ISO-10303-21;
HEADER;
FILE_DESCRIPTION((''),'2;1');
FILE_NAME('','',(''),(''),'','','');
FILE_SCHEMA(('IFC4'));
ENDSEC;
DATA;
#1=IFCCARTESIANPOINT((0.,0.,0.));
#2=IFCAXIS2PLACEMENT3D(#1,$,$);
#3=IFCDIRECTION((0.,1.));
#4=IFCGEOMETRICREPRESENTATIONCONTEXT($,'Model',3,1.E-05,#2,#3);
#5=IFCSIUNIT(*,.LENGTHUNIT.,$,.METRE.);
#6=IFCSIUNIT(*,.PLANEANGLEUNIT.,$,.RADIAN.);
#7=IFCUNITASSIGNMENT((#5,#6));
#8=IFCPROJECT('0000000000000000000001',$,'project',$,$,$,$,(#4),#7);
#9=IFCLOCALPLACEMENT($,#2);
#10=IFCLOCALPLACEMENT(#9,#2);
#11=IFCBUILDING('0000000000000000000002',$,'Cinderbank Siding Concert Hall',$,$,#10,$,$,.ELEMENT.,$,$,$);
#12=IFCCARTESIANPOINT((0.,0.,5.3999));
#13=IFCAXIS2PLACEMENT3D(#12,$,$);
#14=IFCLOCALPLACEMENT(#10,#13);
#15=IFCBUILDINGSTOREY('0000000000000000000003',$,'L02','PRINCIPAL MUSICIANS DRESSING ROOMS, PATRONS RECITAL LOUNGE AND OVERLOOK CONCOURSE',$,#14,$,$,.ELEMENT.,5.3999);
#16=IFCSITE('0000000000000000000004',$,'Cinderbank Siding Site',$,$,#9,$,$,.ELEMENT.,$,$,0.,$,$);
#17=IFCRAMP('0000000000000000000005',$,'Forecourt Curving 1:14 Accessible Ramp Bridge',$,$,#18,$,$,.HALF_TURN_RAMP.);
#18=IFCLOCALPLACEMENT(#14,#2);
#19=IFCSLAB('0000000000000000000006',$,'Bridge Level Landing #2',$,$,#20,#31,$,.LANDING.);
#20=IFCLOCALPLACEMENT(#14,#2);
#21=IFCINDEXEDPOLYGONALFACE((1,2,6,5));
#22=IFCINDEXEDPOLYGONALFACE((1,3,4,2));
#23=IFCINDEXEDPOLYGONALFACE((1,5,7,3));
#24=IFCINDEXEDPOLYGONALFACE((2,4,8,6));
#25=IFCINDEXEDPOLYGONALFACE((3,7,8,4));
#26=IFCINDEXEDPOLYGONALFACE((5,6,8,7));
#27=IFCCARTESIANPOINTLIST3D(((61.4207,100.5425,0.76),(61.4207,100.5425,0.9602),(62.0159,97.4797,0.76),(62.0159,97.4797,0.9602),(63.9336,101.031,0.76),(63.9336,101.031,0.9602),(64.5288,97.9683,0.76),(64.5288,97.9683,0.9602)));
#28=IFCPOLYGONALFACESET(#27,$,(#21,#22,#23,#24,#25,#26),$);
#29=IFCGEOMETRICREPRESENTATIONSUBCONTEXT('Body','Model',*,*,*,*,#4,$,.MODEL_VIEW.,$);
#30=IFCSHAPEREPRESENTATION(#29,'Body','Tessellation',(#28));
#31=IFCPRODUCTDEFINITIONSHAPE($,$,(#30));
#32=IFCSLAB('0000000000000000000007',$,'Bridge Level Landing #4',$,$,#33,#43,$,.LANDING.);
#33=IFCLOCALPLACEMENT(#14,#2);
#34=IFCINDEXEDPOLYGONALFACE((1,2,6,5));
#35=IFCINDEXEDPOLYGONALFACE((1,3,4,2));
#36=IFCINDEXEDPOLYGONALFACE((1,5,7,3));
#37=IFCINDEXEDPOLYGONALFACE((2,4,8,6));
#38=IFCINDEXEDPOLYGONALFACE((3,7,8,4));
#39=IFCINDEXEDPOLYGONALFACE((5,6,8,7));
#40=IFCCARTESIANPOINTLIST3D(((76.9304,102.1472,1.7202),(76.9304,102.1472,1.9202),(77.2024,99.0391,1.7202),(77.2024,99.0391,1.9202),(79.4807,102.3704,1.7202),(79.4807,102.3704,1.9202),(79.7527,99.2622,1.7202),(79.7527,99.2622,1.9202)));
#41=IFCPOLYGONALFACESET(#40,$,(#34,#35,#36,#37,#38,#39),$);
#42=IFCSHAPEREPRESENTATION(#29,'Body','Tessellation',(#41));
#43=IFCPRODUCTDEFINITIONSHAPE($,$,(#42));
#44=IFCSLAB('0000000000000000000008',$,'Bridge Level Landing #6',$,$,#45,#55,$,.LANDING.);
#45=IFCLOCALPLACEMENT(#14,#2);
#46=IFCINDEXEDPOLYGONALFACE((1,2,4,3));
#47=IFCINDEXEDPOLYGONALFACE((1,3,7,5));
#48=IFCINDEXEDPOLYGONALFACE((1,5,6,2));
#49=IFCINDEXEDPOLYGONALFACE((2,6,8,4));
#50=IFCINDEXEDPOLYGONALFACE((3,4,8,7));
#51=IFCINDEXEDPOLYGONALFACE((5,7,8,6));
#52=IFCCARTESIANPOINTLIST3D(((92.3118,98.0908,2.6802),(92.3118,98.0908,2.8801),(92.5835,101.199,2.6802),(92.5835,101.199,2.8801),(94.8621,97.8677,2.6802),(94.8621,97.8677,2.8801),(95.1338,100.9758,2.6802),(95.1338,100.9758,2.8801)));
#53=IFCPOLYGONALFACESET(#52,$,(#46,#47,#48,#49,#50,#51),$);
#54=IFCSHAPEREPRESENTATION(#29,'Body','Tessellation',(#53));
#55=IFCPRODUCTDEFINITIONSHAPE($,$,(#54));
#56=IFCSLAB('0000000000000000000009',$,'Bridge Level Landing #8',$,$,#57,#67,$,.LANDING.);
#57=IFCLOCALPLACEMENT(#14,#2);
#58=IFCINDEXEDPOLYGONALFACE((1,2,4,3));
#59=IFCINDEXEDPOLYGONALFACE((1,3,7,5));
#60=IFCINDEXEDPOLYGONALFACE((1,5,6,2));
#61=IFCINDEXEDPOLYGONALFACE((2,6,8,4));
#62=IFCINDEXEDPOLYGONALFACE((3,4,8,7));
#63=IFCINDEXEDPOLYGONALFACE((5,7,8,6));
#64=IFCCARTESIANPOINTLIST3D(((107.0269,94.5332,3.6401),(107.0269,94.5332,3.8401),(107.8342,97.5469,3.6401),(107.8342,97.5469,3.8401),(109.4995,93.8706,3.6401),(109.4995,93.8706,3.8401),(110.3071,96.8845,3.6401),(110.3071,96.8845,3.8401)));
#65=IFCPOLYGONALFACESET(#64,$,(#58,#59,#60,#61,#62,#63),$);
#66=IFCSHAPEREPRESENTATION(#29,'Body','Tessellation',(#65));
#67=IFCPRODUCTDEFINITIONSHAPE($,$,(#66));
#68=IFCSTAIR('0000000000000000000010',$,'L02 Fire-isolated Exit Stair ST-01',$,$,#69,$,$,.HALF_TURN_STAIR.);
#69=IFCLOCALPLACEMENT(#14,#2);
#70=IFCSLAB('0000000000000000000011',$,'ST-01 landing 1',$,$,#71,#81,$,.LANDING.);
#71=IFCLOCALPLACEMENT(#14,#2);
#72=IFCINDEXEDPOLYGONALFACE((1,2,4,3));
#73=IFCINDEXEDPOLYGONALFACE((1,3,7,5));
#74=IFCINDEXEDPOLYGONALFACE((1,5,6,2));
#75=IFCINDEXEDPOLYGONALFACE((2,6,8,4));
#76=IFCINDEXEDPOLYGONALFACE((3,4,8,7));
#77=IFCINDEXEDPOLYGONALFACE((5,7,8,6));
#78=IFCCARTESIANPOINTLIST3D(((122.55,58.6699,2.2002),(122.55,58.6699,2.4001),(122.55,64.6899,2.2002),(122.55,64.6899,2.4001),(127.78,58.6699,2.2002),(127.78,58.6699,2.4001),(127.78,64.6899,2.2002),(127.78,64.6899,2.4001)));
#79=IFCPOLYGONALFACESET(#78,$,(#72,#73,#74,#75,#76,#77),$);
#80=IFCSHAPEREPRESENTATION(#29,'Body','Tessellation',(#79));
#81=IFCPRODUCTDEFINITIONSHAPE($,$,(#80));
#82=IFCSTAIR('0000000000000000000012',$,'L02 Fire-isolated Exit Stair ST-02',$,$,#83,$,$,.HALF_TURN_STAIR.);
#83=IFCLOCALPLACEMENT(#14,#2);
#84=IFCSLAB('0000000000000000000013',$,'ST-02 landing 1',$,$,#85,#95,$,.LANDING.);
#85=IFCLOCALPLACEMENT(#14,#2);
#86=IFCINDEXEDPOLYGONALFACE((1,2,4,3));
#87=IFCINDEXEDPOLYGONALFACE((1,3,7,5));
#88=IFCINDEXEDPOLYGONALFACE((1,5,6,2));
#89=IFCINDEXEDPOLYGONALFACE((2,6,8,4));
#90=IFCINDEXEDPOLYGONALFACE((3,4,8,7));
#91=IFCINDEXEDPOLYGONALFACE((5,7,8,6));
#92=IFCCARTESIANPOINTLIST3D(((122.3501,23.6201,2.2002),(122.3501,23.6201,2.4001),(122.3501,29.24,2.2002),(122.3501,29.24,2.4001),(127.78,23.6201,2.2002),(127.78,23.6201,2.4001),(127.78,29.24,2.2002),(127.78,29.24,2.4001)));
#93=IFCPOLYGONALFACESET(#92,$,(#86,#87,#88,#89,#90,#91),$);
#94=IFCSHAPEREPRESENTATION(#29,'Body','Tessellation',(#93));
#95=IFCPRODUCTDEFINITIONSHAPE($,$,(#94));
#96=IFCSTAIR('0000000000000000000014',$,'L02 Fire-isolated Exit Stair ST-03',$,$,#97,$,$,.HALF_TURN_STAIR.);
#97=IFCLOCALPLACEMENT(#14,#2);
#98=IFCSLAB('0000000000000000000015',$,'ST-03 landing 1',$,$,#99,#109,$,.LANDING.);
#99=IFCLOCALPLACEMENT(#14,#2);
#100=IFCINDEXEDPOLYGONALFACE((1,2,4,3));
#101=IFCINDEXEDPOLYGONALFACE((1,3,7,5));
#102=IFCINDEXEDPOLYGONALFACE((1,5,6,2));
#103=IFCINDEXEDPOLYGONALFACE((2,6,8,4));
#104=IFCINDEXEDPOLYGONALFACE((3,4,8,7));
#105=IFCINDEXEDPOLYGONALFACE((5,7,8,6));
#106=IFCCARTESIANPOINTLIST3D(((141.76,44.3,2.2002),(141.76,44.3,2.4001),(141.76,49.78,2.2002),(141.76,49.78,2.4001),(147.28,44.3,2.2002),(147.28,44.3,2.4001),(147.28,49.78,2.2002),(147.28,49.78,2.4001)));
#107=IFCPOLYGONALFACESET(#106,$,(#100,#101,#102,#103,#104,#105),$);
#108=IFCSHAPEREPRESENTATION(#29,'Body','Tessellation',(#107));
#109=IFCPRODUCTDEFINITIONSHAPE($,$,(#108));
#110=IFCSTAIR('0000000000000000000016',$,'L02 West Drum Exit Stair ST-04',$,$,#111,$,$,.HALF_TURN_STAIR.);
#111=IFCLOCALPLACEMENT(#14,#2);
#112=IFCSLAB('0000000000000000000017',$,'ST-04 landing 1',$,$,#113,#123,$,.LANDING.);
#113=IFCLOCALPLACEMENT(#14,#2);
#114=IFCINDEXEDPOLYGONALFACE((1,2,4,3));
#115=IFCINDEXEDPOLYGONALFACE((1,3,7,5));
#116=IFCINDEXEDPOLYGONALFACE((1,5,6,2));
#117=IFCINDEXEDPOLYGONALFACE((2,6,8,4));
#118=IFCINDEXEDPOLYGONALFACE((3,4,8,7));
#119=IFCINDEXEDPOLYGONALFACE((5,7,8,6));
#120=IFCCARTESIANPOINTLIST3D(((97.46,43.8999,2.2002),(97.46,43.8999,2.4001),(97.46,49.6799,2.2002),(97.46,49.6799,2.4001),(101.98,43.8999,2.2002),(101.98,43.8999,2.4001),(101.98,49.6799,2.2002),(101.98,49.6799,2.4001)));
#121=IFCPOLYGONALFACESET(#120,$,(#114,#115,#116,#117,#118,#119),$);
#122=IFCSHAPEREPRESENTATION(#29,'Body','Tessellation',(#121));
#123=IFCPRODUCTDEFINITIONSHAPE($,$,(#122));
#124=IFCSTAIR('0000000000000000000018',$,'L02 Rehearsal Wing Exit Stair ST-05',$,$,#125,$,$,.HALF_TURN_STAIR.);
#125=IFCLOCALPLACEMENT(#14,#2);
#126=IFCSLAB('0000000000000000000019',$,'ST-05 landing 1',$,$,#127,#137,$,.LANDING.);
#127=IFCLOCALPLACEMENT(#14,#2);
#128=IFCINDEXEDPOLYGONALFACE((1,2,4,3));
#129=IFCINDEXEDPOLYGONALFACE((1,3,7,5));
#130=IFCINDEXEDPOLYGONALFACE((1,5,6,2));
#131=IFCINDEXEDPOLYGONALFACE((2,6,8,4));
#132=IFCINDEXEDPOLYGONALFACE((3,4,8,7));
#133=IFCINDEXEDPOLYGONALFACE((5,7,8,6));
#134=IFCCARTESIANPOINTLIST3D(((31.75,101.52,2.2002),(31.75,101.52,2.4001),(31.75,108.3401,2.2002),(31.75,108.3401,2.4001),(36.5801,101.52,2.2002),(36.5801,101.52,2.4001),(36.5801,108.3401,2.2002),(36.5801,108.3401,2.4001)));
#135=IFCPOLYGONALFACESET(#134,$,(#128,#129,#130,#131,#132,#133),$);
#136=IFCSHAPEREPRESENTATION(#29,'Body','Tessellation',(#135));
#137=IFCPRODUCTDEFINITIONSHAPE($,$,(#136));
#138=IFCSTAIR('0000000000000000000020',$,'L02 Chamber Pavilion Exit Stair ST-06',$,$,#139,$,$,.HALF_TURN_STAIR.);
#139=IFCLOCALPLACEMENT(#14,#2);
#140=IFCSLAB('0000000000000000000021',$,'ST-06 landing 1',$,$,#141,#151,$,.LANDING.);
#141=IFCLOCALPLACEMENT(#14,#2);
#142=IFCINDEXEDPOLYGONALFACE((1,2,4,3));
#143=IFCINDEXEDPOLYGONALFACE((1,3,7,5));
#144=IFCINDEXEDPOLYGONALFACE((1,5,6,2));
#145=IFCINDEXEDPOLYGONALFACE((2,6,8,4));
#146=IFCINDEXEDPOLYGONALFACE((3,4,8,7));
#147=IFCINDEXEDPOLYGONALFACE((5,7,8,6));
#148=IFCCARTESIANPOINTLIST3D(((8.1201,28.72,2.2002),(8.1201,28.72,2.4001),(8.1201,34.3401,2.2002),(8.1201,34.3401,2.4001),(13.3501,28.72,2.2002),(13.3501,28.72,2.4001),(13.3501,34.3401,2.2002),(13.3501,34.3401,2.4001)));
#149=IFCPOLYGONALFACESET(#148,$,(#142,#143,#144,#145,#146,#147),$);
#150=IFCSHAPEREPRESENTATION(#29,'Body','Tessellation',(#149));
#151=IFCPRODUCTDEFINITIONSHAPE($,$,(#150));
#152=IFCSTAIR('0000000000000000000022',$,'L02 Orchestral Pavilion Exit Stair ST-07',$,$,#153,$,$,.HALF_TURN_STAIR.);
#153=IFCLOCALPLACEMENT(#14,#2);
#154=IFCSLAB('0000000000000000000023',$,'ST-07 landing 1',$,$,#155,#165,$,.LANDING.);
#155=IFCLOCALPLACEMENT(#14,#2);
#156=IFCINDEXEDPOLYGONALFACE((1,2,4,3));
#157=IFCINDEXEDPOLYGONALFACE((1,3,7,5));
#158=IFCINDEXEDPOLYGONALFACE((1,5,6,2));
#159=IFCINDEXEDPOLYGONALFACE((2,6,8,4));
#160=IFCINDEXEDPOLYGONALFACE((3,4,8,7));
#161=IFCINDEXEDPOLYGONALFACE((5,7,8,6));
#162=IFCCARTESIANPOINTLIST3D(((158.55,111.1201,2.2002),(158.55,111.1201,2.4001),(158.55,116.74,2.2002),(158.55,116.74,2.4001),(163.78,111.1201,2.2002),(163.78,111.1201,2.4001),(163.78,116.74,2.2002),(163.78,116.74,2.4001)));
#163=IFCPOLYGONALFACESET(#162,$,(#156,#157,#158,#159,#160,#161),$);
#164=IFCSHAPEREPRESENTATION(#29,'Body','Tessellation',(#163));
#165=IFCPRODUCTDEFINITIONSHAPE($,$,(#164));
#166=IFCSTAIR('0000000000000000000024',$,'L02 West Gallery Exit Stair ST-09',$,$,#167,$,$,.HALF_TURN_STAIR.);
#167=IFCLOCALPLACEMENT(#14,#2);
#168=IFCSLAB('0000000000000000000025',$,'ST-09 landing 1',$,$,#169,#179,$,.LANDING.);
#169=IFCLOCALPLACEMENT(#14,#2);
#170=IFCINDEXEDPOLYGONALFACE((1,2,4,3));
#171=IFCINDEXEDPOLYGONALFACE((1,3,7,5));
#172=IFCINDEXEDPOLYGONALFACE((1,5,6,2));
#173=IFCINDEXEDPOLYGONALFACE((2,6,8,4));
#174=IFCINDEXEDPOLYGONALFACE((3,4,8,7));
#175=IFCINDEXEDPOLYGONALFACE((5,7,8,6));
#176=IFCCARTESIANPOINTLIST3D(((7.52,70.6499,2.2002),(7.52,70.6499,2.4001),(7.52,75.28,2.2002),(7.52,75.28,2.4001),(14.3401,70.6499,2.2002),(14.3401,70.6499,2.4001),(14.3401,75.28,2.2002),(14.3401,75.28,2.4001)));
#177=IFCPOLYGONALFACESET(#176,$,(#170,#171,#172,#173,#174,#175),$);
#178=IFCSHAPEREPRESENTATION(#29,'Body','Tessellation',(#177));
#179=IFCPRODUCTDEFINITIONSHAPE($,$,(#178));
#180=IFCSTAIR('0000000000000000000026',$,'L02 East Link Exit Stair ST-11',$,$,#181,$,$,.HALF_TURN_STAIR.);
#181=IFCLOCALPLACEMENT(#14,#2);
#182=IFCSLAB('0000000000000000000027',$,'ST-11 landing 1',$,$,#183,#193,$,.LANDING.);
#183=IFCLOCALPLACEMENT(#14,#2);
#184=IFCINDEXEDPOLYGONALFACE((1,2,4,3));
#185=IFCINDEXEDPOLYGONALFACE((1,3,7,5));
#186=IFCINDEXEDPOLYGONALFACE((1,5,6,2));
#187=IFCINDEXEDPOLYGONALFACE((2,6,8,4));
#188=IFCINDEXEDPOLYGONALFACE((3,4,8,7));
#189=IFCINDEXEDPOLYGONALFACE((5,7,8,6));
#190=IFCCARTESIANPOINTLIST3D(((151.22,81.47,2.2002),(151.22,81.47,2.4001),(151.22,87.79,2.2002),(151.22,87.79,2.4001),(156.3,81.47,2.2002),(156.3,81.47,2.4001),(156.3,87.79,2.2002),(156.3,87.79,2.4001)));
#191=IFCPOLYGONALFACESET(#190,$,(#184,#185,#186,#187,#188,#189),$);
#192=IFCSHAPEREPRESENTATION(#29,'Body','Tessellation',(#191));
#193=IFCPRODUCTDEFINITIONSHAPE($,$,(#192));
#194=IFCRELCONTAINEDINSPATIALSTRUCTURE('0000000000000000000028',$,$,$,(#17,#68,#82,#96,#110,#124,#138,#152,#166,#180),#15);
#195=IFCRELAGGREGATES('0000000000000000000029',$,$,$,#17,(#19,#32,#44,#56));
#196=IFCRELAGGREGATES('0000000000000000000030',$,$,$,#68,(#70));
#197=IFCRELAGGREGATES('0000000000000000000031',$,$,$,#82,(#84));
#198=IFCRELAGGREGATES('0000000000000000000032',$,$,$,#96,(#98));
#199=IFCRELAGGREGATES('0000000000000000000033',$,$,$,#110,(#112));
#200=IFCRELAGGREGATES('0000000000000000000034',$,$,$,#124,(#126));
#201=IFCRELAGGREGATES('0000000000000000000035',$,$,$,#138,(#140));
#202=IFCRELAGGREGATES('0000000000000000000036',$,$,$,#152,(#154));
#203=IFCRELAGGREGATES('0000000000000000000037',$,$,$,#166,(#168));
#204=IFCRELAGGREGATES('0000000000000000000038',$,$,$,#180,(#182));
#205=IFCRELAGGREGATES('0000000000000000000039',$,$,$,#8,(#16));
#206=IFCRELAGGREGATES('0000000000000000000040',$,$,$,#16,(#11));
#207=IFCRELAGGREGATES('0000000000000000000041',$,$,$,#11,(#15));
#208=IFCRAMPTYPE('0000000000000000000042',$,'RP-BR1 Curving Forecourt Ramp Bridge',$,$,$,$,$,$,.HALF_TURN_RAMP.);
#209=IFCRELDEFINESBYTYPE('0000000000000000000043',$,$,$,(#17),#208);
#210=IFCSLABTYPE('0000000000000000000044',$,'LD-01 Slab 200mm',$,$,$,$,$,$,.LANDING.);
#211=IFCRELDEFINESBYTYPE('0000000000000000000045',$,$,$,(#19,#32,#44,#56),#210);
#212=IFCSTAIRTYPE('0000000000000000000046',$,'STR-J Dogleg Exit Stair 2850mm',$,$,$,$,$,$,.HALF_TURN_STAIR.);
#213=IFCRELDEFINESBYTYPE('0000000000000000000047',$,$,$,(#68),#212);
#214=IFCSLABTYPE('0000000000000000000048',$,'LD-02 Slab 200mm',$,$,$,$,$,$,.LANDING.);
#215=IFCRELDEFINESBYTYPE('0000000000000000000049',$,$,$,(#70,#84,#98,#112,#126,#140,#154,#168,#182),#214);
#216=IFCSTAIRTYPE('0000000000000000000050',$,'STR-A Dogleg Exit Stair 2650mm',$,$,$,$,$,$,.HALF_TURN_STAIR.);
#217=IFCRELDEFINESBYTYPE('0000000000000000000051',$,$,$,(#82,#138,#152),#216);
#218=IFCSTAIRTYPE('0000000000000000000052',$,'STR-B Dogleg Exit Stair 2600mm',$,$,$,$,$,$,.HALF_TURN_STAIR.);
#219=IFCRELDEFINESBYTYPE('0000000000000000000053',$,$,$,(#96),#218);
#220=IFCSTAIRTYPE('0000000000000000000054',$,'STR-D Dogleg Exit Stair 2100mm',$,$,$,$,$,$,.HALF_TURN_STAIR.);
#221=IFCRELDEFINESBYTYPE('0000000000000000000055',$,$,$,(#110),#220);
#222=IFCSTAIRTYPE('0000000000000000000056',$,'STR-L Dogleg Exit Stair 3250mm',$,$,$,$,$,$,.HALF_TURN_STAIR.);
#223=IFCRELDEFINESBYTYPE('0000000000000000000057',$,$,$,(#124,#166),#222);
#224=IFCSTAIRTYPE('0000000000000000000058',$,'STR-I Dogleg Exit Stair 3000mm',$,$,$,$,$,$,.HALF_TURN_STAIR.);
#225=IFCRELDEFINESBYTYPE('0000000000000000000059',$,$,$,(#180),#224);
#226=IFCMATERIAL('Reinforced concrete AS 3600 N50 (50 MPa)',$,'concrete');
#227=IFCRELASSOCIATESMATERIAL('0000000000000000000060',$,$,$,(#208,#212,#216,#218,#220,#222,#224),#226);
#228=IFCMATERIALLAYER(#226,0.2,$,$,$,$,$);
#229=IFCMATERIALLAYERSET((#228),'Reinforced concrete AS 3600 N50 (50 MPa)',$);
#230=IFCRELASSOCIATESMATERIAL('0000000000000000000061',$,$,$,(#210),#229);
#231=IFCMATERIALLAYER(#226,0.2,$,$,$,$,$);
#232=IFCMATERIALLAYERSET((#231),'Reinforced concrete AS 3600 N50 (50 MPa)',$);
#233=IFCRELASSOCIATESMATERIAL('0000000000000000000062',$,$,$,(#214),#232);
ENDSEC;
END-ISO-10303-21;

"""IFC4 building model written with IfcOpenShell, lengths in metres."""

from ifc_helpers import new_model, si_unit, direction, frame, origin, place, context, subcontext, project, spatial, polyline, outline, extrude, material, layer, layer_set, type_object, element, aggregate, save


model = new_model("IFC4")

# Units and contexts
model_context = context("Model", 3, precision=1e-05, world=origin(), true_north=direction((0.0, 1.0)))
body_context = subcontext(model_context, "Body", "Model", "MODEL_VIEW")
ifc_project = project(units=[si_unit("LENGTHUNIT", "METRE"), si_unit("PLANEANGLEUNIT", "RADIAN")], contexts=[model_context])

# Site, building, storey
site_placement = place(None, origin())
site = spatial("IfcSite", under=ifc_project, at=site_placement, Name="Cinderbank Siding Site", CompositionType="ELEMENT", RefElevation=0.0)
building_placement = place(site_placement, origin())
building = spatial("IfcBuilding", under=site, at=building_placement, Name="Cinderbank Siding Concert Hall", CompositionType="ELEMENT")
storey_placement = place(building_placement, frame((0.0, 0.0, 5.3999)))
storey = spatial("IfcBuildingStorey", under=building, at=storey_placement, Name="L02", Description="PRINCIPAL MUSICIANS DRESSING ROOMS, PATRONS RECITAL LOUNGE AND OVERLOOK CONCOURSE", CompositionType="ELEMENT", Elevation=5.3999)

# Ramp, slabs
ifc_material = material(Name="Reinforced concrete AS 3600 N50 (50 MPa)", Category="concrete")
ramp_type = type_object("IfcRampType", Name="RP-BR1 Curving Forecourt Ramp Bridge", PredefinedType="HALF_TURN_RAMP", material=ifc_material)
ramp_placement = place(storey_placement, origin())
ramp = element("IfcRamp", 1, at=ramp_placement, inside=storey, type_object=ramp_type, Name="Forecourt Curving 1:14 Accessible Ramp Bridge", PredefinedType="HALF_TURN_RAMP")
ifc_layer_1 = layer(ifc_material, 0.2)
ifc_layer_set_1 = layer_set([ifc_layer_1], Name="Reinforced concrete AS 3600 N50 (50 MPa)")
slab_type_1 = type_object("IfcSlabType", Name="LD-01 Slab 200mm", PredefinedType="LANDING", material=ifc_layer_set_1)
slab_1_placement = place(storey_placement, frame((0.0, 0.0, 0.76)))
slab_1 = element("IfcSlab", 2, at=slab_1_placement, type_object=slab_type_1, Name="Bridge Level Landing #2", PredefinedType="LANDING", context=body_context, shape_type="SweptSolid", body=[
    extrude(outline(polyline([(62.0159, 97.4797), (64.5288, 97.9683), (63.9336, 101.031), (61.4207, 100.5425), (62.0159, 97.4797)])), origin(), (0.0, 0.0, 1.0), 0.2002),
])
slab_2_placement = place(storey_placement, frame((0.0, 0.0, 1.7202)))
slab_2 = element("IfcSlab", 3, at=slab_2_placement, type_object=slab_type_1, Name="Bridge Level Landing #4", PredefinedType="LANDING", context=body_context, shape_type="SweptSolid", body=[
    extrude(outline(polyline([(77.2024, 99.0391), (79.7527, 99.2622), (79.4807, 102.3704), (76.9304, 102.1472), (77.2024, 99.0391)])), origin(), (0.0, 0.0, 1.0), 0.2),
])
slab_3_placement = place(storey_placement, frame((0.0, 0.0, 2.6802)))
slab_3 = element("IfcSlab", 4, at=slab_3_placement, type_object=slab_type_1, Name="Bridge Level Landing #6", PredefinedType="LANDING", context=body_context, shape_type="SweptSolid", body=[
    extrude(outline(polyline([(92.3118, 98.0908), (94.8621, 97.8677), (95.1338, 100.9758), (92.5835, 101.199), (92.3118, 98.0908)])), origin(), (0.0, 0.0, 1.0), 0.2),
])
slab_4_placement = place(storey_placement, frame((0.0, 0.0, 3.6401)))
slab_4 = element("IfcSlab", 5, at=slab_4_placement, type_object=slab_type_1, Name="Bridge Level Landing #8", PredefinedType="LANDING", context=body_context, shape_type="SweptSolid", body=[
    extrude(outline(polyline([(107.0269, 94.5332), (109.4995, 93.8706), (110.3071, 96.8845), (107.8342, 97.5469), (107.0269, 94.5332)])), origin(), (0.0, 0.0, 1.0), 0.2),
])
aggregate(ramp, [slab_1, slab_2, slab_3, slab_4])

# Stairs, slabs
stair_type_1 = type_object("IfcStairType", Name="STR-J Dogleg Exit Stair 2850mm", PredefinedType="HALF_TURN_STAIR", material=ifc_material)
stair_1_placement = place(storey_placement, origin())
stair_1 = element("IfcStair", 6, at=stair_1_placement, inside=storey, type_object=stair_type_1, Name="L02 Fire-isolated Exit Stair ST-01", PredefinedType="HALF_TURN_STAIR")
ifc_layer_2 = layer(ifc_material, 0.2)
ifc_layer_set_2 = layer_set([ifc_layer_2], Name="Reinforced concrete AS 3600 N50 (50 MPa)")
slab_type_2 = type_object("IfcSlabType", Name="LD-02 Slab 200mm", PredefinedType="LANDING", material=ifc_layer_set_2)
slab_5_placement = place(storey_placement, frame((0.0, 0.0, 2.2002)))
slab_5 = element("IfcSlab", 7, at=slab_5_placement, type_object=slab_type_2, Name="ST-01 landing 1", PredefinedType="LANDING", context=body_context, shape_type="SweptSolid", body=[
    extrude(outline(polyline([(122.55, 58.6699), (122.55, 64.6899), (127.78, 64.6899), (127.78, 58.6699), (122.55, 58.6699)])), origin(), (0.0, 0.0, 1.0), 0.2),
])
aggregate(stair_1, [slab_5])
stair_type_2 = type_object("IfcStairType", Name="STR-A Dogleg Exit Stair 2650mm", PredefinedType="HALF_TURN_STAIR", material=ifc_material)
stair_2_placement = place(storey_placement, origin())
stair_2 = element("IfcStair", 8, at=stair_2_placement, inside=storey, type_object=stair_type_2, Name="L02 Fire-isolated Exit Stair ST-02", PredefinedType="HALF_TURN_STAIR")
slab_6_placement = place(storey_placement, frame((0.0, 0.0, 2.2002)))
slab_6 = element("IfcSlab", 9, at=slab_6_placement, type_object=slab_type_2, Name="ST-02 landing 1", PredefinedType="LANDING", context=body_context, shape_type="SweptSolid", body=[
    extrude(outline(polyline([(122.3501, 23.6201), (122.3501, 29.24), (127.78, 29.24), (127.78, 23.6201), (122.3501, 23.6201)])), origin(), (0.0, 0.0, 1.0), 0.2),
])
aggregate(stair_2, [slab_6])
stair_type_3 = type_object("IfcStairType", Name="STR-B Dogleg Exit Stair 2600mm", PredefinedType="HALF_TURN_STAIR", material=ifc_material)
stair_3_placement = place(storey_placement, origin())
stair_3 = element("IfcStair", 10, at=stair_3_placement, inside=storey, type_object=stair_type_3, Name="L02 Fire-isolated Exit Stair ST-03", PredefinedType="HALF_TURN_STAIR")
slab_7_placement = place(storey_placement, frame((0.0, 0.0, 2.2002)))
slab_7 = element("IfcSlab", 11, at=slab_7_placement, type_object=slab_type_2, Name="ST-03 landing 1", PredefinedType="LANDING", context=body_context, shape_type="SweptSolid", body=[
    extrude(outline(polyline([(147.28, 44.3), (141.76, 44.3), (141.76, 49.78), (147.28, 49.78), (147.28, 44.3)])), origin(), (0.0, 0.0, 1.0), 0.2),
])
aggregate(stair_3, [slab_7])
stair_type_4 = type_object("IfcStairType", Name="STR-D Dogleg Exit Stair 2100mm", PredefinedType="HALF_TURN_STAIR", material=ifc_material)
stair_4_placement = place(storey_placement, origin())
stair_4 = element("IfcStair", 12, at=stair_4_placement, inside=storey, type_object=stair_type_4, Name="L02 West Drum Exit Stair ST-04", PredefinedType="HALF_TURN_STAIR")
slab_8_placement = place(storey_placement, frame((0.0, 0.0, 2.2002)))
slab_8 = element("IfcSlab", 13, at=slab_8_placement, type_object=slab_type_2, Name="ST-04 landing 1", PredefinedType="LANDING", context=body_context, shape_type="SweptSolid", body=[
    extrude(outline(polyline([(101.98, 43.8999), (97.46, 43.8999), (97.46, 49.6799), (101.98, 49.6799), (101.98, 43.8999)])), origin(), (0.0, 0.0, 1.0), 0.2),
])
aggregate(stair_4, [slab_8])
stair_type_5 = type_object("IfcStairType", Name="STR-L Dogleg Exit Stair 3250mm", PredefinedType="HALF_TURN_STAIR", material=ifc_material)
stair_5_placement = place(storey_placement, origin())
stair_5 = element("IfcStair", 14, at=stair_5_placement, inside=storey, type_object=stair_type_5, Name="L02 Rehearsal Wing Exit Stair ST-05", PredefinedType="HALF_TURN_STAIR")
slab_9_placement = place(storey_placement, frame((0.0, 0.0, 2.2002)))
slab_9 = element("IfcSlab", 15, at=slab_9_placement, type_object=slab_type_2, Name="ST-05 landing 1", PredefinedType="LANDING", context=body_context, shape_type="SweptSolid", body=[
    extrude(outline(polyline([(31.75, 101.52), (31.75, 108.3401), (36.5801, 108.3401), (36.5801, 101.52), (31.75, 101.52)])), origin(), (0.0, 0.0, 1.0), 0.2),
])
aggregate(stair_5, [slab_9])
stair_6_placement = place(storey_placement, origin())
stair_6 = element("IfcStair", 16, at=stair_6_placement, inside=storey, type_object=stair_type_2, Name="L02 Chamber Pavilion Exit Stair ST-06", PredefinedType="HALF_TURN_STAIR")
slab_10_placement = place(storey_placement, frame((0.0, 0.0, 2.2002)))
slab_10 = element("IfcSlab", 17, at=slab_10_placement, type_object=slab_type_2, Name="ST-06 landing 1", PredefinedType="LANDING", context=body_context, shape_type="SweptSolid", body=[
    extrude(outline(polyline([(13.3501, 34.3401), (13.3501, 28.72), (8.1201, 28.72), (8.1201, 34.3401), (13.3501, 34.3401)])), origin(), (0.0, 0.0, 1.0), 0.2),
])
aggregate(stair_6, [slab_10])
stair_7_placement = place(storey_placement, origin())
stair_7 = element("IfcStair", 18, at=stair_7_placement, inside=storey, type_object=stair_type_2, Name="L02 Orchestral Pavilion Exit Stair ST-07", PredefinedType="HALF_TURN_STAIR")
slab_11_placement = place(storey_placement, frame((0.0, 0.0, 2.2002)))
slab_11 = element("IfcSlab", 19, at=slab_11_placement, type_object=slab_type_2, Name="ST-07 landing 1", PredefinedType="LANDING", context=body_context, shape_type="SweptSolid", body=[
    extrude(outline(polyline([(158.55, 111.1201), (158.55, 116.74), (163.78, 116.74), (163.78, 111.1201), (158.55, 111.1201)])), origin(), (0.0, 0.0, 1.0), 0.2),
])
aggregate(stair_7, [slab_11])
stair_8_placement = place(storey_placement, origin())
stair_8 = element("IfcStair", 20, at=stair_8_placement, inside=storey, type_object=stair_type_5, Name="L02 West Gallery Exit Stair ST-09", PredefinedType="HALF_TURN_STAIR")
slab_12_placement = place(storey_placement, frame((0.0, 0.0, 2.2002)))
slab_12 = element("IfcSlab", 21, at=slab_12_placement, type_object=slab_type_2, Name="ST-09 landing 1", PredefinedType="LANDING", context=body_context, shape_type="SweptSolid", body=[
    extrude(outline(polyline([(14.3401, 70.6499), (7.52, 70.6499), (7.52, 75.28), (14.3401, 75.28), (14.3401, 70.6499)])), origin(), (0.0, 0.0, 1.0), 0.2),
])
aggregate(stair_8, [slab_12])
stair_type_6 = type_object("IfcStairType", Name="STR-I Dogleg Exit Stair 3000mm", PredefinedType="HALF_TURN_STAIR", material=ifc_material)
stair_9_placement = place(storey_placement, origin())
stair_9 = element("IfcStair", 22, at=stair_9_placement, inside=storey, type_object=stair_type_6, Name="L02 East Link Exit Stair ST-11", PredefinedType="HALF_TURN_STAIR")
slab_13_placement = place(storey_placement, frame((0.0, 0.0, 2.2002)))
slab_13 = element("IfcSlab", 23, at=slab_13_placement, type_object=slab_type_2, Name="ST-11 landing 1", PredefinedType="LANDING", context=body_context, shape_type="SweptSolid", body=[
    extrude(outline(polyline([(156.3, 87.79), (156.3, 81.47), (151.22, 81.47), (151.22, 87.79), (156.3, 87.79)])), origin(), (0.0, 0.0, 1.0), 0.2),
])
aggregate(stair_9, [slab_13])

save(model, "model.ifc")
